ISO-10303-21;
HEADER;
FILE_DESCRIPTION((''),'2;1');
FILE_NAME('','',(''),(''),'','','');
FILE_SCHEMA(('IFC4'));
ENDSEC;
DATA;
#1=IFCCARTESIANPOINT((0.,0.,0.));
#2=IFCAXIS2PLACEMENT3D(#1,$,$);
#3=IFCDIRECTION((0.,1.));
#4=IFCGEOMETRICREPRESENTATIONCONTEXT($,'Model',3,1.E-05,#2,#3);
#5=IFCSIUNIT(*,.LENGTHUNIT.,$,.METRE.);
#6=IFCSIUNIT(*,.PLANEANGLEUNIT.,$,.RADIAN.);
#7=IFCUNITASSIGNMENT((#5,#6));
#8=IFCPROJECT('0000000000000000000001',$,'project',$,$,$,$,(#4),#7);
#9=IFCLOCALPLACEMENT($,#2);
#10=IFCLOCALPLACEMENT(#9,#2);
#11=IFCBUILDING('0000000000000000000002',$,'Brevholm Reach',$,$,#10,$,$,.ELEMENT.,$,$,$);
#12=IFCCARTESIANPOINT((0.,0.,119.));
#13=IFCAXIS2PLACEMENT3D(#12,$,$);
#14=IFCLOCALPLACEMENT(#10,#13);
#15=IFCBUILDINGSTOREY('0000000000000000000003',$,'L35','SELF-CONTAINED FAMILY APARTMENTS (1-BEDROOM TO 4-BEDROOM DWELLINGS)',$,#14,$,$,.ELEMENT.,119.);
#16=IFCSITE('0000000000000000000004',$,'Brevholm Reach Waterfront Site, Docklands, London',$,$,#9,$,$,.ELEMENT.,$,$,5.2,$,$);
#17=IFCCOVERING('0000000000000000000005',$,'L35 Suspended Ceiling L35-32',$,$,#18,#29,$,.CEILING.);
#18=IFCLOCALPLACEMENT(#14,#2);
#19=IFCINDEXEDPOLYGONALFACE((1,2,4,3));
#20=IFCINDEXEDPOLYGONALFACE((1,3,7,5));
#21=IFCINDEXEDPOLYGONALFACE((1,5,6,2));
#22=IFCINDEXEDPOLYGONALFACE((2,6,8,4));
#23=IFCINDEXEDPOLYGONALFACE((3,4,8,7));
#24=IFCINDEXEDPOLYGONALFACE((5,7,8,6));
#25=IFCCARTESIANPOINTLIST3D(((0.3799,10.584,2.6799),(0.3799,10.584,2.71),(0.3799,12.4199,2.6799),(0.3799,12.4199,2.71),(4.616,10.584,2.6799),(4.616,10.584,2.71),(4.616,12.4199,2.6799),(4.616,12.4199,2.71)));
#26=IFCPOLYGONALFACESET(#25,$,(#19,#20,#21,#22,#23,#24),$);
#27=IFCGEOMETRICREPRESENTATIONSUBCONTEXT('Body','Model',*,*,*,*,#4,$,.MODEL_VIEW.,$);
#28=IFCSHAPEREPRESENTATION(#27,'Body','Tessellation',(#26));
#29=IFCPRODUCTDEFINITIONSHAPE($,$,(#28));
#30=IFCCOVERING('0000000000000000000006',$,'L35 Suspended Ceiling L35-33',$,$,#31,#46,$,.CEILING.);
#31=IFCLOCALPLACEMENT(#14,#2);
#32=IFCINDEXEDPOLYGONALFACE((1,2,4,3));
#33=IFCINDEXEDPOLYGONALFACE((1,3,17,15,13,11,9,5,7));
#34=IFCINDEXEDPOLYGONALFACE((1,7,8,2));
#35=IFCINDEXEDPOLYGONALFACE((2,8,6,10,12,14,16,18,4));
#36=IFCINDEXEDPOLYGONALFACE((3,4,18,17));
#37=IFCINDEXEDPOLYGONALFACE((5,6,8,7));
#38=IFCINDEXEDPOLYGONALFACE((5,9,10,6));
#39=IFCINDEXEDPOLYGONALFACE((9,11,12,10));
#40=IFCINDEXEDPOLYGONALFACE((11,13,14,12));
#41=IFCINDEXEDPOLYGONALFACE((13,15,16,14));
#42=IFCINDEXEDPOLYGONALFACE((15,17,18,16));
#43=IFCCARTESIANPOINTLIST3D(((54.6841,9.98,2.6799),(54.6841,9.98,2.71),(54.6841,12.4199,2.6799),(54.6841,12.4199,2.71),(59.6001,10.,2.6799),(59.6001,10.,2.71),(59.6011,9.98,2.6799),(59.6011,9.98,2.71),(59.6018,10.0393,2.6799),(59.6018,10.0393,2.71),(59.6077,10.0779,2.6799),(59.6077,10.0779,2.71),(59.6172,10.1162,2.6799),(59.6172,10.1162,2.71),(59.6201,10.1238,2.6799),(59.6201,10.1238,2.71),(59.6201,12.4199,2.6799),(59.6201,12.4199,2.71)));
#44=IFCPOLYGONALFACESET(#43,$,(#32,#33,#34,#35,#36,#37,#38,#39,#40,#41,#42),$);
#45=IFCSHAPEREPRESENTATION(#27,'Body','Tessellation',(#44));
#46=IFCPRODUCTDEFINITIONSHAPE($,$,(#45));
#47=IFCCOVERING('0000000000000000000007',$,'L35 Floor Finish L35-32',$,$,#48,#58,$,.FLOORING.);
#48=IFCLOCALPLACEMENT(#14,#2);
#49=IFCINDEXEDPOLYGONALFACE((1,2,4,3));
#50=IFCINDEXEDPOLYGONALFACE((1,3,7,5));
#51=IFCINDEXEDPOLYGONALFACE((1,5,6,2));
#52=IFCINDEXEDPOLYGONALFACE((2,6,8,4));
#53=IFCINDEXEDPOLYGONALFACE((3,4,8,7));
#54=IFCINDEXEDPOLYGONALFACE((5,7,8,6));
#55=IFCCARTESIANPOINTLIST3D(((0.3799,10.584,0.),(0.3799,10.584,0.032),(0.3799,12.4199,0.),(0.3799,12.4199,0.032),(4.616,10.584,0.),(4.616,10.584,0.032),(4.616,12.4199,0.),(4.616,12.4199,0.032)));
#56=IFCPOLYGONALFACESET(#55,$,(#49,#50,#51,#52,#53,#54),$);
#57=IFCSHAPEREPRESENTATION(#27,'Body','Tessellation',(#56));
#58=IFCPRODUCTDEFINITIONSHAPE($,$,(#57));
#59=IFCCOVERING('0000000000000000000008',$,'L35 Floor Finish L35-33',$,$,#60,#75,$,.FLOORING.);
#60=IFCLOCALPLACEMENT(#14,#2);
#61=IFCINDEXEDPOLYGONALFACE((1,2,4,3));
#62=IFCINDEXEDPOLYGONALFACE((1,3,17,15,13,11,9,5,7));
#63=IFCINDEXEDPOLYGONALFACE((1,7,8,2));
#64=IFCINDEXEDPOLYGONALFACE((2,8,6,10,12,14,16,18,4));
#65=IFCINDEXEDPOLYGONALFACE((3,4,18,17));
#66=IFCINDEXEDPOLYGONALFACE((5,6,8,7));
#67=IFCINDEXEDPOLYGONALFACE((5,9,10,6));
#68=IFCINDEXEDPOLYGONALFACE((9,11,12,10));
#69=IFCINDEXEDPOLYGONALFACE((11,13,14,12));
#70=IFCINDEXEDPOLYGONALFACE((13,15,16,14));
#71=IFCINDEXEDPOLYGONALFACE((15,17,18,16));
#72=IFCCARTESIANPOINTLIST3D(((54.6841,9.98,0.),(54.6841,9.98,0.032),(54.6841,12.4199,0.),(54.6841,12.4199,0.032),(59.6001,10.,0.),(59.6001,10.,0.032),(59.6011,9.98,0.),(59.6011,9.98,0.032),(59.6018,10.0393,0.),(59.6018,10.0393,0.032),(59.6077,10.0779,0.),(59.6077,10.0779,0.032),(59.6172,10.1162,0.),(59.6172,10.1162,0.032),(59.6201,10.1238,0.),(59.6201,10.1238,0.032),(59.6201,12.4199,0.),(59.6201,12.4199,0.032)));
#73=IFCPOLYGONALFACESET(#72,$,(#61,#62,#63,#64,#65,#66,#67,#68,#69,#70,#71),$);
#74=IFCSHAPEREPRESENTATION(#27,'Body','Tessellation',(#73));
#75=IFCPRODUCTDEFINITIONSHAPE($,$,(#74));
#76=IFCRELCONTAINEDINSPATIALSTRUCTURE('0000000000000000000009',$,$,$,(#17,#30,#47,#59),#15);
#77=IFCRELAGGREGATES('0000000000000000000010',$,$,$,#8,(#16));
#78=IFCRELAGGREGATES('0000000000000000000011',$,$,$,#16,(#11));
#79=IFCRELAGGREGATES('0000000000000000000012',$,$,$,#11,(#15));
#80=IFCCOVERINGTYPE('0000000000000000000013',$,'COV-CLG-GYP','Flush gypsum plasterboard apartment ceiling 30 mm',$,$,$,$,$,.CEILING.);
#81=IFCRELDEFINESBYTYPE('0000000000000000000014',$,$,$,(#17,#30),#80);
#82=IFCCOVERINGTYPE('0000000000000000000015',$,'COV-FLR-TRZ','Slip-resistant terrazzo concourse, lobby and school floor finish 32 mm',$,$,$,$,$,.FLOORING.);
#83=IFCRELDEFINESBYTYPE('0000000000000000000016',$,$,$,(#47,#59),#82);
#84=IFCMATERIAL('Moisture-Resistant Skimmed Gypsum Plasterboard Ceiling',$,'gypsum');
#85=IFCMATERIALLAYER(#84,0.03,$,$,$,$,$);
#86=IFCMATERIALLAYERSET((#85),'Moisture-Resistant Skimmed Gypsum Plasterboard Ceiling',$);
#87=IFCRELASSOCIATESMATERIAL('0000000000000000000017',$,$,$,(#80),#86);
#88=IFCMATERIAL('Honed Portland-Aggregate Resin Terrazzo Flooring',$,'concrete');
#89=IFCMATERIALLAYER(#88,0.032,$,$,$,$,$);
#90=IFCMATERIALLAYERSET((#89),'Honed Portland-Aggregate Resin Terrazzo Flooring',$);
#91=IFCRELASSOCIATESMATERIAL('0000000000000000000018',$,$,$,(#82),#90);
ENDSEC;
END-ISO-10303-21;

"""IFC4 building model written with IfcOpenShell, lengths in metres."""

from ifc_helpers import new_model, si_unit, direction, frame, origin, place, context, subcontext, project, spatial, polyline, outline, extrude, material, layer, layer_set, type_object, element, save


model = new_model("IFC4")

# Units and contexts
model_context = context("Model", 3, precision=1e-05, world=origin(), true_north=direction((0.0, 1.0)))
body_context = subcontext(model_context, "Body", "Model", "MODEL_VIEW")
ifc_project = project(units=[si_unit("LENGTHUNIT", "METRE"), si_unit("PLANEANGLEUNIT", "RADIAN")], contexts=[model_context])

# Site, building, storey
site_placement = place(None, origin())
site = spatial("IfcSite", under=ifc_project, at=site_placement, Name="Brevholm Reach Waterfront Site, Docklands, London", CompositionType="ELEMENT", RefElevation=5.2)
building_placement = place(site_placement, origin())
building = spatial("IfcBuilding", under=site, at=building_placement, Name="Brevholm Reach", CompositionType="ELEMENT")
storey_placement = place(building_placement, frame((0.0, 0.0, 119.0)))
storey = spatial("IfcBuildingStorey", under=building, at=storey_placement, Name="L35", Description="SELF-CONTAINED FAMILY APARTMENTS (1-BEDROOM TO 4-BEDROOM DWELLINGS)", CompositionType="ELEMENT", Elevation=119.0)

# Coverings
ifc_material_1 = material(Name="Moisture-Resistant Skimmed Gypsum Plasterboard Ceiling", Category="gypsum")
ifc_layer_1 = layer(ifc_material_1, 0.03)
ifc_layer_set_1 = layer_set([ifc_layer_1], Name="Moisture-Resistant Skimmed Gypsum Plasterboard Ceiling")
covering_type_1 = type_object("IfcCoveringType", Name="COV-CLG-GYP", Description="Flush gypsum plasterboard apartment ceiling 30 mm", PredefinedType="CEILING", material=ifc_layer_set_1)
covering_1_placement = place(storey_placement, frame((0.0, 0.0, 2.6799)))
element("IfcCovering", 1, at=covering_1_placement, inside=storey, type_object=covering_type_1, Name="L35 Suspended Ceiling L35-32", PredefinedType="CEILING", context=body_context, shape_type="SweptSolid", body=[
    extrude(outline(polyline([(0.3799, 12.4199), (4.616, 12.4199), (4.616, 10.584), (0.3799, 10.584), (0.3799, 12.4199)])), origin(), (0.0, 0.0, 1.0), 0.03),
])
covering_2_placement = place(storey_placement, frame((0.0, 0.0, 2.6799)))
element("IfcCovering", 2, at=covering_2_placement, inside=storey, type_object=covering_type_1, Name="L35 Suspended Ceiling L35-33", PredefinedType="CEILING", context=body_context, shape_type="SweptSolid", body=[
    extrude(outline(polyline([(59.6201, 12.4199), (59.6201, 10.1238), (59.6172, 10.1162), (59.6077, 10.0779), (59.6018, 10.0393), (59.6001, 10.0), (59.6011, 9.98), (54.6841, 9.98), (54.6841, 12.4199), (59.6201, 12.4199)])), origin(), (0.0, 0.0, 1.0), 0.03),
])
ifc_material_2 = material(Name="Honed Portland-Aggregate Resin Terrazzo Flooring", Category="concrete")
ifc_layer_2 = layer(ifc_material_2, 0.032)
ifc_layer_set_2 = layer_set([ifc_layer_2], Name="Honed Portland-Aggregate Resin Terrazzo Flooring")
covering_type_2 = type_object("IfcCoveringType", Name="COV-FLR-TRZ", Description="Slip-resistant terrazzo concourse, lobby and school floor finish 32 mm", PredefinedType="FLOORING", material=ifc_layer_set_2)
covering_3_placement = place(storey_placement, origin())
element("IfcCovering", 3, at=covering_3_placement, inside=storey, type_object=covering_type_2, Name="L35 Floor Finish L35-32", PredefinedType="FLOORING", context=body_context, shape_type="SweptSolid", body=[
    extrude(outline(polyline([(0.3799, 12.4199), (4.616, 12.4199), (4.616, 10.584), (0.3799, 10.584), (0.3799, 12.4199)])), origin(), (0.0, 0.0, 1.0), 0.032),
])
covering_4_placement = place(storey_placement, origin())
element("IfcCovering", 4, at=covering_4_placement, inside=storey, type_object=covering_type_2, Name="L35 Floor Finish L35-33", PredefinedType="FLOORING", context=body_context, shape_type="SweptSolid", body=[
    extrude(outline(polyline([(59.6201, 12.4199), (59.6201, 10.1238), (59.6172, 10.1162), (59.6077, 10.0779), (59.6018, 10.0393), (59.6001, 10.0), (59.6011, 9.98), (54.6841, 9.98), (54.6841, 12.4199), (59.6201, 12.4199)])), origin(), (0.0, 0.0, 1.0), 0.032),
])

save(model, "model.ifc")
